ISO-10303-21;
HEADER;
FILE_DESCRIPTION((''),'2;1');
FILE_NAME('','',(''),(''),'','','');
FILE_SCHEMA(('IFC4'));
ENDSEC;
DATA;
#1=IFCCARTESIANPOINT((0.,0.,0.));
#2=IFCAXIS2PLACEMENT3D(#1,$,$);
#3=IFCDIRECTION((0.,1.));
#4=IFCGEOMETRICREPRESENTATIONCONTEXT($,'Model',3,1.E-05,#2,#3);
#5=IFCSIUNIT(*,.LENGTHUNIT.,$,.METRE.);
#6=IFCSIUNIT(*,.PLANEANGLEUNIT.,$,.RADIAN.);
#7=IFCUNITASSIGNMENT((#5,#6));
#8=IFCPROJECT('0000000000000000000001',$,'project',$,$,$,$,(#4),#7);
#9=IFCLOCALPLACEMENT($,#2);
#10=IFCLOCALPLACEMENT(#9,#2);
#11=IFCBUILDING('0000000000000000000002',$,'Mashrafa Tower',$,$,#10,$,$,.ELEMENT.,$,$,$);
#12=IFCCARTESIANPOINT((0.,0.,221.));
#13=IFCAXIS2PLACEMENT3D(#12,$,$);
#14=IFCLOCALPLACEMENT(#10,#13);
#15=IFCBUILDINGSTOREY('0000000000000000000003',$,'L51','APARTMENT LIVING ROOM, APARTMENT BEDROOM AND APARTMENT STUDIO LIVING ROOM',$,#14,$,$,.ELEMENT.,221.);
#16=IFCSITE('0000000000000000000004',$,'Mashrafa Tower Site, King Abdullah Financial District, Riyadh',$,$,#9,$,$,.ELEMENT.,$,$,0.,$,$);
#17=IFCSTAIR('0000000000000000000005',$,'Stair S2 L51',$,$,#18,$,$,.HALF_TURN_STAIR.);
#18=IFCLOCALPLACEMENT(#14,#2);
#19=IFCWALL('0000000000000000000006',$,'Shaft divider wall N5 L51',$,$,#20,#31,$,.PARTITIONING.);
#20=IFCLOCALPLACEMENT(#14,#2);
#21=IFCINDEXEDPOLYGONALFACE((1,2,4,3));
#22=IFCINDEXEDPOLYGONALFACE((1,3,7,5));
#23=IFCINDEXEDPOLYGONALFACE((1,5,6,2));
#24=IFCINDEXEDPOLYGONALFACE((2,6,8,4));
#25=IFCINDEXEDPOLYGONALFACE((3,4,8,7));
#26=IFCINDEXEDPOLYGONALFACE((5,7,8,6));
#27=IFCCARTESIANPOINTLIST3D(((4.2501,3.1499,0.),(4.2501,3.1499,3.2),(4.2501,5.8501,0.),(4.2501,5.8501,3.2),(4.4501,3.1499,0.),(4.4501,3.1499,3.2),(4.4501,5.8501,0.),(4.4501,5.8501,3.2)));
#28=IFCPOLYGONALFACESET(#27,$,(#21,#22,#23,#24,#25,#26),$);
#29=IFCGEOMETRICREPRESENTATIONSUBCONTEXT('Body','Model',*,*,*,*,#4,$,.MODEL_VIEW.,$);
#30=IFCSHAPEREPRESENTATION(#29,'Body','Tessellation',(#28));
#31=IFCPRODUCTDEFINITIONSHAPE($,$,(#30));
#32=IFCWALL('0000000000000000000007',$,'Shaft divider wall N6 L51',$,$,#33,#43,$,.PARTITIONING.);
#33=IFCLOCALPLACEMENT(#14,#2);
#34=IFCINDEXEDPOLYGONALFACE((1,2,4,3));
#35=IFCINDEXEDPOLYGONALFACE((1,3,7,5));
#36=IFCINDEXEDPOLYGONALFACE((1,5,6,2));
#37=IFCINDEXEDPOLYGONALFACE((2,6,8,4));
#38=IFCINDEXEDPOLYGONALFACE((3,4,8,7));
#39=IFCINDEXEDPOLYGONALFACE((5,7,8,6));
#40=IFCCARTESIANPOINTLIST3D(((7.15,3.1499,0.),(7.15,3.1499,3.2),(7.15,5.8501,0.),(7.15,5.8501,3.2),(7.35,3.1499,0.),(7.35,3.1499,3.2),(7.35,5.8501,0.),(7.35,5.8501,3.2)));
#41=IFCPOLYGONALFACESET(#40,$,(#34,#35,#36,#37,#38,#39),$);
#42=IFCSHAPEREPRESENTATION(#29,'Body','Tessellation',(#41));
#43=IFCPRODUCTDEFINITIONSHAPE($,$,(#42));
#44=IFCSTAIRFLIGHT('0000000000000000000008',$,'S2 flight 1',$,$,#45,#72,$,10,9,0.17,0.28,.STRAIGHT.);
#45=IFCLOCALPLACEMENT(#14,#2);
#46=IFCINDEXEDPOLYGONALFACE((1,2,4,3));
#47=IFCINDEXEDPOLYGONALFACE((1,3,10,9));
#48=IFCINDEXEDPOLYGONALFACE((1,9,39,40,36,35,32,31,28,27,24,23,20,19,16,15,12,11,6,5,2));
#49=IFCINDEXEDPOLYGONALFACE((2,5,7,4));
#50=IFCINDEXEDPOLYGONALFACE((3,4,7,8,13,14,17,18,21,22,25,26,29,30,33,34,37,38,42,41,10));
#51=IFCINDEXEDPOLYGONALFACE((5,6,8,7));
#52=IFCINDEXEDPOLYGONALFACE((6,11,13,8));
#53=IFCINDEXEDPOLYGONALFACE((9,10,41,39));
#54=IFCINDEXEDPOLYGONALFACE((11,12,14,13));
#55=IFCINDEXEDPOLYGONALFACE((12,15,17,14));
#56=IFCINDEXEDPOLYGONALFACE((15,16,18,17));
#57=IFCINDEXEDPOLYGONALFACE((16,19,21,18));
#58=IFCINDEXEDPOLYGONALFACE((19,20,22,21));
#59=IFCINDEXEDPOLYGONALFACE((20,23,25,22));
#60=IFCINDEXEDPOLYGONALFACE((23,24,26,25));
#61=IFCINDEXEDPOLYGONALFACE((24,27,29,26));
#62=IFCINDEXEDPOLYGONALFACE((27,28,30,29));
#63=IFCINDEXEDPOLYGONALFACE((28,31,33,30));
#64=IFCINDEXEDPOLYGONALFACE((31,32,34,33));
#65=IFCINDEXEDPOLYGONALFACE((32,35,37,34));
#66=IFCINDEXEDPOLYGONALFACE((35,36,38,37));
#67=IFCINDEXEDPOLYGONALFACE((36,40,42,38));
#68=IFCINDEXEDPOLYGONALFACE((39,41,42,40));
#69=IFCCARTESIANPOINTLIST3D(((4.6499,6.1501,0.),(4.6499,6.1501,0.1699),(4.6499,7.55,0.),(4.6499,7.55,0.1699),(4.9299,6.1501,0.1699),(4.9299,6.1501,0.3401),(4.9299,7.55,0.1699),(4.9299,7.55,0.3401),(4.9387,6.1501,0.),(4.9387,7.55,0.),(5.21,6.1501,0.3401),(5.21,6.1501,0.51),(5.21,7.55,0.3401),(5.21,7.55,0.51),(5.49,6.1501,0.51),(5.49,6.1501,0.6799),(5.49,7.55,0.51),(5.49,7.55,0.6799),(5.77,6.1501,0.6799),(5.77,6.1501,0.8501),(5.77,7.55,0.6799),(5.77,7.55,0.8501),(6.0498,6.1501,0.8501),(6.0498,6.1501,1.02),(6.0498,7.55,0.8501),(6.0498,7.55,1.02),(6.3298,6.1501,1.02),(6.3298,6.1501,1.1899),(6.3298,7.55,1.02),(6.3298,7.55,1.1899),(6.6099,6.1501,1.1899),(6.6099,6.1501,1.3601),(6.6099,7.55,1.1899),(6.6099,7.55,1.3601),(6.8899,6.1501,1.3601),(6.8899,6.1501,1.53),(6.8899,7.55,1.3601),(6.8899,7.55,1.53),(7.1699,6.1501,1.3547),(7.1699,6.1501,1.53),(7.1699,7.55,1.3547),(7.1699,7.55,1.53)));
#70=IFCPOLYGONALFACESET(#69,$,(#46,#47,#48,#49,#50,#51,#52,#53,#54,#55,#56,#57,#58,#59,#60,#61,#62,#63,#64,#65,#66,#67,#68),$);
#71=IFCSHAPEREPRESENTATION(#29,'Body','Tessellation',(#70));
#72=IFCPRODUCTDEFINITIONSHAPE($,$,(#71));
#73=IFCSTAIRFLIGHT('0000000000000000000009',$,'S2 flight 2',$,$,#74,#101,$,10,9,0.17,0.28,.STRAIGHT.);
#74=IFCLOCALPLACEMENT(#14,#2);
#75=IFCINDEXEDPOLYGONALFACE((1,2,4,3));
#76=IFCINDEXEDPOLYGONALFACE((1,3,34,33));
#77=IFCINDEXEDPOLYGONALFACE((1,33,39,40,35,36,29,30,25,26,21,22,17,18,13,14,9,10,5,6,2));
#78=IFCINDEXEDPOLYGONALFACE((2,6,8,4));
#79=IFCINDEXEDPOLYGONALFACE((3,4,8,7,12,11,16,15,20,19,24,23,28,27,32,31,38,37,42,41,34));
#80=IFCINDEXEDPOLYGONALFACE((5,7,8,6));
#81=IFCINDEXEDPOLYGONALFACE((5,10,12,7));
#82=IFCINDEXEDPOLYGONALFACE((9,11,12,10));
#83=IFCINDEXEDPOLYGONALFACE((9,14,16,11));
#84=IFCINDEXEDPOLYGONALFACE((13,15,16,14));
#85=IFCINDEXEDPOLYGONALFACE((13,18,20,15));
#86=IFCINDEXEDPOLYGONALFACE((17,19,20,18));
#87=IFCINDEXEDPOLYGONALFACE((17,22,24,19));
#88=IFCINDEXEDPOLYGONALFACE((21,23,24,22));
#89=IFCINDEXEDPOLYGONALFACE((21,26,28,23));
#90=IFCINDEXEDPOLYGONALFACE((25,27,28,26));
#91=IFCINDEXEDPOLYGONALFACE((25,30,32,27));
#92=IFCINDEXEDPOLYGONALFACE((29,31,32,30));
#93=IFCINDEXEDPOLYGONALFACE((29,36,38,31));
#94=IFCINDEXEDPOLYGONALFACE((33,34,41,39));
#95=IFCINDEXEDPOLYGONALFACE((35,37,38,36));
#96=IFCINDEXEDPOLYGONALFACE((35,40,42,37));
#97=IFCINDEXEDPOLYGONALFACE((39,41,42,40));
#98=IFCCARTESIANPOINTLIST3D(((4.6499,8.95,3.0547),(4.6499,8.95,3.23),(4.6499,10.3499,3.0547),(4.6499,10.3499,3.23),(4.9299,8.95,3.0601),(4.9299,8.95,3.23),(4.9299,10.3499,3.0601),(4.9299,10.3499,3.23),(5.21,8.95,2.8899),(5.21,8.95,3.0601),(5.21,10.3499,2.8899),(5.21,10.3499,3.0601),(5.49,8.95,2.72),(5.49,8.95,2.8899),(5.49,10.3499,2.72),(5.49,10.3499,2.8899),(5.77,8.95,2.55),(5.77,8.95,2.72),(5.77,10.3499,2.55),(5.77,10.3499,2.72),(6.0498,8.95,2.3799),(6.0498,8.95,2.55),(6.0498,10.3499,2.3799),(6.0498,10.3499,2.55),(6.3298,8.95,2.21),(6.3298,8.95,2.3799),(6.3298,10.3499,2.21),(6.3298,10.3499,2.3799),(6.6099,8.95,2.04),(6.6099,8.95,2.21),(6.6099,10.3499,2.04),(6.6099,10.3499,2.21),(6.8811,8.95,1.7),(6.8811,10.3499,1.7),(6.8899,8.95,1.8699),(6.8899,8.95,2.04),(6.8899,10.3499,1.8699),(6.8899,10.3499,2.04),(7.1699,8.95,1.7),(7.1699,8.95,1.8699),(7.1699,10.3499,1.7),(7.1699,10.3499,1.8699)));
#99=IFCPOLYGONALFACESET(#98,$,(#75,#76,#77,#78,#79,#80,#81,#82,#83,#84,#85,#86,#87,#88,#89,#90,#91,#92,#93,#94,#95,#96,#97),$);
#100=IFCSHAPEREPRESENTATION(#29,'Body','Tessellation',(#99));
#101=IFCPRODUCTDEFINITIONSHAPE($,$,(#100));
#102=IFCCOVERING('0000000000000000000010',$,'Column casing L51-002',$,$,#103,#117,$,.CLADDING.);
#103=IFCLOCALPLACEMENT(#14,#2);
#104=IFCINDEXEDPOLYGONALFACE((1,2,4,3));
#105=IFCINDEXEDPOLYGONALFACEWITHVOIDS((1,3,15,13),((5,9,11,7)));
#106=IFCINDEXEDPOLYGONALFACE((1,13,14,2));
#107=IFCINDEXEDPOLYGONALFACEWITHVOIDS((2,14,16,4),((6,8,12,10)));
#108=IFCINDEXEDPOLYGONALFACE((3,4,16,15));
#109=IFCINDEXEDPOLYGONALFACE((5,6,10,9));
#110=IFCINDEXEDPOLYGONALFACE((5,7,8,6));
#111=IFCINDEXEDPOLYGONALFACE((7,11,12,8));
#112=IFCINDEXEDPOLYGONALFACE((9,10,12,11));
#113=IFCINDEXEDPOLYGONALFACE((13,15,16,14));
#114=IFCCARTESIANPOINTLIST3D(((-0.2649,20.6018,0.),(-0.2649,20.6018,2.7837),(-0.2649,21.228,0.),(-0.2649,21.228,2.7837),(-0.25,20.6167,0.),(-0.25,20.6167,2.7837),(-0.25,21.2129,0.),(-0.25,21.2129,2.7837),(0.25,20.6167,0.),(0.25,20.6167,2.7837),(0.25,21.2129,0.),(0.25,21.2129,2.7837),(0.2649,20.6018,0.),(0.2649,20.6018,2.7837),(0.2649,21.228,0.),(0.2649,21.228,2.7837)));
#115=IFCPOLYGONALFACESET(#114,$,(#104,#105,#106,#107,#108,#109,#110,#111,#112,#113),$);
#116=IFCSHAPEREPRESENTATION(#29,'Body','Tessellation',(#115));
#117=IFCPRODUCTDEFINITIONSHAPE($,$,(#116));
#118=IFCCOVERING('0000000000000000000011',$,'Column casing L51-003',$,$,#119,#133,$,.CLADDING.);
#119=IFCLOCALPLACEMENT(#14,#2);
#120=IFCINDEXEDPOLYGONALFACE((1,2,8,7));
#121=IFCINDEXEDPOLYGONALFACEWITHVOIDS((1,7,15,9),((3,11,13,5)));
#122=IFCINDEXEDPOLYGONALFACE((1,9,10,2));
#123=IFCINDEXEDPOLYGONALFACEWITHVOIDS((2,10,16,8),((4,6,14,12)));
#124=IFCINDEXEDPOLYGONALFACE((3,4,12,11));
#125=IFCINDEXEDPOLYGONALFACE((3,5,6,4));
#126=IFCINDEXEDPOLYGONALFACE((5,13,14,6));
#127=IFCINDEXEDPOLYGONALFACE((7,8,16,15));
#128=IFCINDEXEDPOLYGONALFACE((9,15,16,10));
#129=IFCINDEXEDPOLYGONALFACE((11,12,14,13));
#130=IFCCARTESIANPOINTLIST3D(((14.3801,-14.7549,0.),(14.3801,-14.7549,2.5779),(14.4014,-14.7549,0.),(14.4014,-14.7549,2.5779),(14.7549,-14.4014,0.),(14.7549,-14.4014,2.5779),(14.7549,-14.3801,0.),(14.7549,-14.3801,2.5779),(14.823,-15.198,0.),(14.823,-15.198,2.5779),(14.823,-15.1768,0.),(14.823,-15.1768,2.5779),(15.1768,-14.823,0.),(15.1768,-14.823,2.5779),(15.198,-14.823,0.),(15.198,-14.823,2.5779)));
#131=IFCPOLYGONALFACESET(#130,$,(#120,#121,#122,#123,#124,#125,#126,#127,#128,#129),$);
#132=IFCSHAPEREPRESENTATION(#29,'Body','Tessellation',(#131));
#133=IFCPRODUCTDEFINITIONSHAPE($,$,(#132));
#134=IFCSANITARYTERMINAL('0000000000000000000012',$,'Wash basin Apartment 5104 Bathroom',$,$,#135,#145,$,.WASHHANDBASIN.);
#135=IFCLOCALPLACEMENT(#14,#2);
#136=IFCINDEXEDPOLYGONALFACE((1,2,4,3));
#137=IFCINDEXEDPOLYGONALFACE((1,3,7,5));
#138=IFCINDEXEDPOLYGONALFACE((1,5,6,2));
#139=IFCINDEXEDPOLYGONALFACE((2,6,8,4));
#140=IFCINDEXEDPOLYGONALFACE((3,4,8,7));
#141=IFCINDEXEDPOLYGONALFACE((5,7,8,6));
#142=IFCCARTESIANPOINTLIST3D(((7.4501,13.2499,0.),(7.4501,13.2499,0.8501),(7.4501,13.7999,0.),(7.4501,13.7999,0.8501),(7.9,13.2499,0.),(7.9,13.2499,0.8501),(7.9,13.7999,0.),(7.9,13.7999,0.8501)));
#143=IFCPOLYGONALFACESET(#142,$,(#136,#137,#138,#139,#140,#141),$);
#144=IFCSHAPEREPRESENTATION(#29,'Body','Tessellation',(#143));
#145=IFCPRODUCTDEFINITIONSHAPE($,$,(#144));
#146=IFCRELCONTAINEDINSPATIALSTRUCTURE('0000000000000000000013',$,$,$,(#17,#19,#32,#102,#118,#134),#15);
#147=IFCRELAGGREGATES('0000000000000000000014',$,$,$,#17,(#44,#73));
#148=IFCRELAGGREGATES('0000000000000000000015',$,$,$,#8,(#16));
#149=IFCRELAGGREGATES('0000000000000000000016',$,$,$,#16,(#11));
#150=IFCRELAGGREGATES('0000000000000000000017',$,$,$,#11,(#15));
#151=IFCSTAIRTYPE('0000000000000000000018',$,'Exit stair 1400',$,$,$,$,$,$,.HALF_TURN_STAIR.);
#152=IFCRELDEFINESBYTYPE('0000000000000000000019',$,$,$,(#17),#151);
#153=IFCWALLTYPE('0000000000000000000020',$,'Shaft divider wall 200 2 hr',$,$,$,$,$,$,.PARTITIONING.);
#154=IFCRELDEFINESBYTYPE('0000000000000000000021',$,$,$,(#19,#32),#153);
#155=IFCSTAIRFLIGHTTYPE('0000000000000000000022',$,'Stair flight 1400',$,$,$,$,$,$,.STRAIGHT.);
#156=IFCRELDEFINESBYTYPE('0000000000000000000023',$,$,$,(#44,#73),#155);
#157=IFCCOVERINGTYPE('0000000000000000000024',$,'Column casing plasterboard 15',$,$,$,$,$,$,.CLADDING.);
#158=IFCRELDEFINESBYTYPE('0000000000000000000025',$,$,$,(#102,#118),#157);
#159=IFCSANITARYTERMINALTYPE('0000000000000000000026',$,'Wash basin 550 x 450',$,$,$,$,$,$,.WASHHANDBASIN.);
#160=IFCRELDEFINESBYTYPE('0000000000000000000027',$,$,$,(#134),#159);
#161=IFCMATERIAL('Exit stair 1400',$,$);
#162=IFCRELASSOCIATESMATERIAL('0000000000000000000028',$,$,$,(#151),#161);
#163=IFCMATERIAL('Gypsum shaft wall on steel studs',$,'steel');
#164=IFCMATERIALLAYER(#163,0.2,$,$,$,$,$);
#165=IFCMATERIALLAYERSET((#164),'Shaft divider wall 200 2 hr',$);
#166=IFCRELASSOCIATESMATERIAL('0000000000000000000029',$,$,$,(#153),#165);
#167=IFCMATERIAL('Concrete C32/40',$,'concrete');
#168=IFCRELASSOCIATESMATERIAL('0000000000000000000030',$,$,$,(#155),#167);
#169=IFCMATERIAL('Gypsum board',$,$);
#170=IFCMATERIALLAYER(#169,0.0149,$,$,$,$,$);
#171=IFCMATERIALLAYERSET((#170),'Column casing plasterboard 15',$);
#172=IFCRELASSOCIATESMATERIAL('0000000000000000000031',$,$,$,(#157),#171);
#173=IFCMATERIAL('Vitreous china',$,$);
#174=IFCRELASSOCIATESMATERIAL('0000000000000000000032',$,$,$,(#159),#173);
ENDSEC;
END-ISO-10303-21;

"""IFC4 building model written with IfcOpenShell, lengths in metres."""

from ifc_helpers import new_model, si_unit, direction, frame, frame_2d, origin, origin_2d, place, context, subcontext, project, spatial, polyline, rectangle, outline, extrude, material, layer, layer_set, type_object, element, aggregate, save


model = new_model("IFC4")

# Units and contexts
model_context = context("Model", 3, precision=1e-05, world=origin(), true_north=direction((0.0, 1.0)))
body_context = subcontext(model_context, "Body", "Model", "MODEL_VIEW")
ifc_project = project(units=[si_unit("LENGTHUNIT", "METRE"), si_unit("PLANEANGLEUNIT", "RADIAN")], contexts=[model_context])

# Site, building, storey
site_placement = place(None, origin())
site = spatial("IfcSite", under=ifc_project, at=site_placement, Name="Mashrafa Tower Site, King Abdullah Financial District, Riyadh", CompositionType="ELEMENT", RefElevation=0.0)
building_placement = place(site_placement, origin())
building = spatial("IfcBuilding", under=site, at=building_placement, Name="Mashrafa Tower", CompositionType="ELEMENT")
storey_placement = place(building_placement, frame((0.0, 0.0, 221.0)))
storey = spatial("IfcBuildingStorey", under=building, at=storey_placement, Name="L51", Description="APARTMENT LIVING ROOM, APARTMENT BEDROOM AND APARTMENT STUDIO LIVING ROOM", CompositionType="ELEMENT", Elevation=221.0)

# Stair
ifc_material_1 = material(Name="Exit stair 1400")
stair_type = type_object("IfcStairType", Name="Exit stair 1400", PredefinedType="HALF_TURN_STAIR", material=ifc_material_1)
stair_1_placement = place(storey_placement, origin())
stair_1 = element("IfcStair", 1, at=stair_1_placement, inside=storey, type_object=stair_type, Name="Stair S2 L51", PredefinedType="HALF_TURN_STAIR")

# Walls
ifc_material_2 = material(Name="Gypsum shaft wall on steel studs", Category="steel")
ifc_layer_1 = layer(ifc_material_2, 0.2)
ifc_layer_set_1 = layer_set([ifc_layer_1], Name="Shaft divider wall 200 2 hr")
wall_type_1 = type_object("IfcWallType", Name="Shaft divider wall 200 2 hr", PredefinedType="PARTITIONING", material=ifc_layer_set_1)
for number, where, z_axis, x_axis, name in (
    (2, (4.3501, 3.1499, 0.0), (0.0, 0.0, 1.0), (0.0, 1.0, 0.0), "Shaft divider wall N5 L51"),
    (3, (7.25, 3.1499, 0.0), (0.0, 0.0, 1.0), (0.0, 1.0, 0.0), "Shaft divider wall N6 L51"),
):
    element("IfcWall", number, at=place(storey_placement, frame(where, z_axis=z_axis, x_axis=x_axis)), inside=storey, type_object=wall_type_1, Name=name, PredefinedType="PARTITIONING", context=body_context, shape_type="SweptSolid", body=[
        extrude(rectangle(XDim=2.7002, YDim=0.2, at=frame_2d((1.3501, 0.0))), origin(), (0.0, 0.0, 1.0), 3.2),
    ])

# Stair flights
ifc_material_3 = material(Name="Concrete C32/40", Category="concrete")
stair_flight_type = type_object("IfcStairFlightType", Name="Stair flight 1400", PredefinedType="STRAIGHT", material=ifc_material_3)
stair_flight_1_placement = place(storey_placement, frame((4.6499, 6.8501, 0.0), z_axis=(0.0, 0.0, 1.0), x_axis=(1.0, 0.0, 0.0)))
stair_flight_1 = element("IfcStairFlight", 4, at=stair_flight_1_placement, type_object=stair_flight_type, Name="S2 flight 1", NumberOfRisers=10, NumberOfTreads=9, PredefinedType="STRAIGHT", RiserHeight=0.17, TreadLength=0.28, context=body_context, shape_type="SweptSolid", body=[
    extrude(outline(polyline([(0.0, 0.0), (0.0, 0.1699), (0.28, 0.1699), (0.28, 0.3401), (0.5601, 0.3401), (0.5601, 0.51), (0.8401, 0.51), (0.8401, 0.6799), (1.1201, 0.6799), (1.1201, 0.8501), (1.3999, 0.8501), (1.3999, 1.02), (1.6799, 1.02), (1.6799, 1.1899), (1.96, 1.1899), (1.96, 1.3601), (2.24, 1.3601), (2.24, 1.53), (2.52, 1.53), (2.52, 1.7), (2.52, 1.3547), (0.2888, 0.0), (0.0, 0.0)])), frame((0.0, 0.7, 0.0), z_axis=(0.0, -1.0, 0.0), x_axis=(1.0, 0.0, 0.0)), (0.0, 0.0, 1.0), 1.3999),
])
stair_flight_2_placement = place(storey_placement, frame((7.1699, 9.6499, 1.7), z_axis=(0.0, 0.0, 1.0), x_axis=(-1.0, 0.0, 0.0)))
stair_flight_2 = element("IfcStairFlight", 5, at=stair_flight_2_placement, type_object=stair_flight_type, Name="S2 flight 2", NumberOfRisers=10, NumberOfTreads=9, PredefinedType="STRAIGHT", RiserHeight=0.17, TreadLength=0.28, context=body_context, shape_type="SweptSolid", body=[
    extrude(outline(polyline([(0.0, 0.0), (0.0, 0.1699), (0.28, 0.1699), (0.28, 0.3401), (0.5601, 0.3401), (0.5601, 0.51), (0.8401, 0.51), (0.8401, 0.6799), (1.1201, 0.6799), (1.1201, 0.8501), (1.3999, 0.8501), (1.3999, 1.02), (1.6799, 1.02), (1.6799, 1.1899), (1.96, 1.1899), (1.96, 1.3601), (2.24, 1.3601), (2.24, 1.53), (2.52, 1.53), (2.52, 1.7), (2.52, 1.3547), (0.2888, 0.0), (0.0, 0.0)])), frame((0.0, 0.7, 0.0), z_axis=(0.0, -1.0, 0.0), x_axis=(1.0, 0.0, 0.0)), (0.0, 0.0, 1.0), 1.3999),
])
aggregate(stair_1, [stair_flight_1, stair_flight_2])

# Coverings
ifc_material_4 = material(Name="Gypsum board")
ifc_layer_2 = layer(ifc_material_4, 0.0149)
ifc_layer_set_2 = layer_set([ifc_layer_2], Name="Column casing plasterboard 15")
covering_type = type_object("IfcCoveringType", Name="Column casing plasterboard 15", PredefinedType="CLADDING", material=ifc_layer_set_2)
covering_1_placement = place(storey_placement, origin())
element("IfcCovering", 6, at=covering_1_placement, inside=storey, type_object=covering_type, Name="Column casing L51-002", PredefinedType="CLADDING", context=body_context, shape_type="SweptSolid", body=[
    extrude(outline(polyline([(-0.2649, 21.228), (0.2649, 21.228), (0.2649, 20.6018), (-0.2649, 20.6018), (-0.2649, 21.228)]), holes=[polyline([(0.25, 20.6167), (0.25, 21.2129), (-0.25, 21.2129), (-0.25, 20.6167), (0.25, 20.6167)])]), origin(), (0.0, 0.0, 1.0), 2.7837),
])
covering_2_placement = place(storey_placement, origin())
element("IfcCovering", 7, at=covering_2_placement, inside=storey, type_object=covering_type, Name="Column casing L51-003", PredefinedType="CLADDING", context=body_context, shape_type="SweptSolid", body=[
    extrude(outline(polyline([(14.3801, -14.7549), (14.7549, -14.3801), (15.198, -14.823), (14.823, -15.198), (14.3801, -14.7549)]), holes=[polyline([(15.1768, -14.823), (14.7549, -14.4014), (14.4014, -14.7549), (14.823, -15.1768), (15.1768, -14.823)])]), origin(), (0.0, 0.0, 1.0), 2.5779),
])

# Sanitary terminal
ifc_material_5 = material(Name="Vitreous china")
sanitary_terminal_type = type_object("IfcSanitaryTerminalType", Name="Wash basin 550 x 450", PredefinedType="WASHHANDBASIN", material=ifc_material_5)
sanitary_terminal_placement = place(storey_placement, frame((7.675, 13.5249, 0.0), z_axis=(0.0, 0.0, 1.0), x_axis=(0.0, -1.0, 0.0)))
element("IfcSanitaryTerminal", 8, at=sanitary_terminal_placement, inside=storey, type_object=sanitary_terminal_type, Name="Wash basin Apartment 5104 Bathroom", PredefinedType="WASHHANDBASIN", context=body_context, shape_type="SweptSolid", body=[
    extrude(rectangle(XDim=0.55, YDim=0.45, at=origin_2d()), origin(), (0.0, 0.0, 1.0), 0.8501),
])

save(model, "model.ifc")
